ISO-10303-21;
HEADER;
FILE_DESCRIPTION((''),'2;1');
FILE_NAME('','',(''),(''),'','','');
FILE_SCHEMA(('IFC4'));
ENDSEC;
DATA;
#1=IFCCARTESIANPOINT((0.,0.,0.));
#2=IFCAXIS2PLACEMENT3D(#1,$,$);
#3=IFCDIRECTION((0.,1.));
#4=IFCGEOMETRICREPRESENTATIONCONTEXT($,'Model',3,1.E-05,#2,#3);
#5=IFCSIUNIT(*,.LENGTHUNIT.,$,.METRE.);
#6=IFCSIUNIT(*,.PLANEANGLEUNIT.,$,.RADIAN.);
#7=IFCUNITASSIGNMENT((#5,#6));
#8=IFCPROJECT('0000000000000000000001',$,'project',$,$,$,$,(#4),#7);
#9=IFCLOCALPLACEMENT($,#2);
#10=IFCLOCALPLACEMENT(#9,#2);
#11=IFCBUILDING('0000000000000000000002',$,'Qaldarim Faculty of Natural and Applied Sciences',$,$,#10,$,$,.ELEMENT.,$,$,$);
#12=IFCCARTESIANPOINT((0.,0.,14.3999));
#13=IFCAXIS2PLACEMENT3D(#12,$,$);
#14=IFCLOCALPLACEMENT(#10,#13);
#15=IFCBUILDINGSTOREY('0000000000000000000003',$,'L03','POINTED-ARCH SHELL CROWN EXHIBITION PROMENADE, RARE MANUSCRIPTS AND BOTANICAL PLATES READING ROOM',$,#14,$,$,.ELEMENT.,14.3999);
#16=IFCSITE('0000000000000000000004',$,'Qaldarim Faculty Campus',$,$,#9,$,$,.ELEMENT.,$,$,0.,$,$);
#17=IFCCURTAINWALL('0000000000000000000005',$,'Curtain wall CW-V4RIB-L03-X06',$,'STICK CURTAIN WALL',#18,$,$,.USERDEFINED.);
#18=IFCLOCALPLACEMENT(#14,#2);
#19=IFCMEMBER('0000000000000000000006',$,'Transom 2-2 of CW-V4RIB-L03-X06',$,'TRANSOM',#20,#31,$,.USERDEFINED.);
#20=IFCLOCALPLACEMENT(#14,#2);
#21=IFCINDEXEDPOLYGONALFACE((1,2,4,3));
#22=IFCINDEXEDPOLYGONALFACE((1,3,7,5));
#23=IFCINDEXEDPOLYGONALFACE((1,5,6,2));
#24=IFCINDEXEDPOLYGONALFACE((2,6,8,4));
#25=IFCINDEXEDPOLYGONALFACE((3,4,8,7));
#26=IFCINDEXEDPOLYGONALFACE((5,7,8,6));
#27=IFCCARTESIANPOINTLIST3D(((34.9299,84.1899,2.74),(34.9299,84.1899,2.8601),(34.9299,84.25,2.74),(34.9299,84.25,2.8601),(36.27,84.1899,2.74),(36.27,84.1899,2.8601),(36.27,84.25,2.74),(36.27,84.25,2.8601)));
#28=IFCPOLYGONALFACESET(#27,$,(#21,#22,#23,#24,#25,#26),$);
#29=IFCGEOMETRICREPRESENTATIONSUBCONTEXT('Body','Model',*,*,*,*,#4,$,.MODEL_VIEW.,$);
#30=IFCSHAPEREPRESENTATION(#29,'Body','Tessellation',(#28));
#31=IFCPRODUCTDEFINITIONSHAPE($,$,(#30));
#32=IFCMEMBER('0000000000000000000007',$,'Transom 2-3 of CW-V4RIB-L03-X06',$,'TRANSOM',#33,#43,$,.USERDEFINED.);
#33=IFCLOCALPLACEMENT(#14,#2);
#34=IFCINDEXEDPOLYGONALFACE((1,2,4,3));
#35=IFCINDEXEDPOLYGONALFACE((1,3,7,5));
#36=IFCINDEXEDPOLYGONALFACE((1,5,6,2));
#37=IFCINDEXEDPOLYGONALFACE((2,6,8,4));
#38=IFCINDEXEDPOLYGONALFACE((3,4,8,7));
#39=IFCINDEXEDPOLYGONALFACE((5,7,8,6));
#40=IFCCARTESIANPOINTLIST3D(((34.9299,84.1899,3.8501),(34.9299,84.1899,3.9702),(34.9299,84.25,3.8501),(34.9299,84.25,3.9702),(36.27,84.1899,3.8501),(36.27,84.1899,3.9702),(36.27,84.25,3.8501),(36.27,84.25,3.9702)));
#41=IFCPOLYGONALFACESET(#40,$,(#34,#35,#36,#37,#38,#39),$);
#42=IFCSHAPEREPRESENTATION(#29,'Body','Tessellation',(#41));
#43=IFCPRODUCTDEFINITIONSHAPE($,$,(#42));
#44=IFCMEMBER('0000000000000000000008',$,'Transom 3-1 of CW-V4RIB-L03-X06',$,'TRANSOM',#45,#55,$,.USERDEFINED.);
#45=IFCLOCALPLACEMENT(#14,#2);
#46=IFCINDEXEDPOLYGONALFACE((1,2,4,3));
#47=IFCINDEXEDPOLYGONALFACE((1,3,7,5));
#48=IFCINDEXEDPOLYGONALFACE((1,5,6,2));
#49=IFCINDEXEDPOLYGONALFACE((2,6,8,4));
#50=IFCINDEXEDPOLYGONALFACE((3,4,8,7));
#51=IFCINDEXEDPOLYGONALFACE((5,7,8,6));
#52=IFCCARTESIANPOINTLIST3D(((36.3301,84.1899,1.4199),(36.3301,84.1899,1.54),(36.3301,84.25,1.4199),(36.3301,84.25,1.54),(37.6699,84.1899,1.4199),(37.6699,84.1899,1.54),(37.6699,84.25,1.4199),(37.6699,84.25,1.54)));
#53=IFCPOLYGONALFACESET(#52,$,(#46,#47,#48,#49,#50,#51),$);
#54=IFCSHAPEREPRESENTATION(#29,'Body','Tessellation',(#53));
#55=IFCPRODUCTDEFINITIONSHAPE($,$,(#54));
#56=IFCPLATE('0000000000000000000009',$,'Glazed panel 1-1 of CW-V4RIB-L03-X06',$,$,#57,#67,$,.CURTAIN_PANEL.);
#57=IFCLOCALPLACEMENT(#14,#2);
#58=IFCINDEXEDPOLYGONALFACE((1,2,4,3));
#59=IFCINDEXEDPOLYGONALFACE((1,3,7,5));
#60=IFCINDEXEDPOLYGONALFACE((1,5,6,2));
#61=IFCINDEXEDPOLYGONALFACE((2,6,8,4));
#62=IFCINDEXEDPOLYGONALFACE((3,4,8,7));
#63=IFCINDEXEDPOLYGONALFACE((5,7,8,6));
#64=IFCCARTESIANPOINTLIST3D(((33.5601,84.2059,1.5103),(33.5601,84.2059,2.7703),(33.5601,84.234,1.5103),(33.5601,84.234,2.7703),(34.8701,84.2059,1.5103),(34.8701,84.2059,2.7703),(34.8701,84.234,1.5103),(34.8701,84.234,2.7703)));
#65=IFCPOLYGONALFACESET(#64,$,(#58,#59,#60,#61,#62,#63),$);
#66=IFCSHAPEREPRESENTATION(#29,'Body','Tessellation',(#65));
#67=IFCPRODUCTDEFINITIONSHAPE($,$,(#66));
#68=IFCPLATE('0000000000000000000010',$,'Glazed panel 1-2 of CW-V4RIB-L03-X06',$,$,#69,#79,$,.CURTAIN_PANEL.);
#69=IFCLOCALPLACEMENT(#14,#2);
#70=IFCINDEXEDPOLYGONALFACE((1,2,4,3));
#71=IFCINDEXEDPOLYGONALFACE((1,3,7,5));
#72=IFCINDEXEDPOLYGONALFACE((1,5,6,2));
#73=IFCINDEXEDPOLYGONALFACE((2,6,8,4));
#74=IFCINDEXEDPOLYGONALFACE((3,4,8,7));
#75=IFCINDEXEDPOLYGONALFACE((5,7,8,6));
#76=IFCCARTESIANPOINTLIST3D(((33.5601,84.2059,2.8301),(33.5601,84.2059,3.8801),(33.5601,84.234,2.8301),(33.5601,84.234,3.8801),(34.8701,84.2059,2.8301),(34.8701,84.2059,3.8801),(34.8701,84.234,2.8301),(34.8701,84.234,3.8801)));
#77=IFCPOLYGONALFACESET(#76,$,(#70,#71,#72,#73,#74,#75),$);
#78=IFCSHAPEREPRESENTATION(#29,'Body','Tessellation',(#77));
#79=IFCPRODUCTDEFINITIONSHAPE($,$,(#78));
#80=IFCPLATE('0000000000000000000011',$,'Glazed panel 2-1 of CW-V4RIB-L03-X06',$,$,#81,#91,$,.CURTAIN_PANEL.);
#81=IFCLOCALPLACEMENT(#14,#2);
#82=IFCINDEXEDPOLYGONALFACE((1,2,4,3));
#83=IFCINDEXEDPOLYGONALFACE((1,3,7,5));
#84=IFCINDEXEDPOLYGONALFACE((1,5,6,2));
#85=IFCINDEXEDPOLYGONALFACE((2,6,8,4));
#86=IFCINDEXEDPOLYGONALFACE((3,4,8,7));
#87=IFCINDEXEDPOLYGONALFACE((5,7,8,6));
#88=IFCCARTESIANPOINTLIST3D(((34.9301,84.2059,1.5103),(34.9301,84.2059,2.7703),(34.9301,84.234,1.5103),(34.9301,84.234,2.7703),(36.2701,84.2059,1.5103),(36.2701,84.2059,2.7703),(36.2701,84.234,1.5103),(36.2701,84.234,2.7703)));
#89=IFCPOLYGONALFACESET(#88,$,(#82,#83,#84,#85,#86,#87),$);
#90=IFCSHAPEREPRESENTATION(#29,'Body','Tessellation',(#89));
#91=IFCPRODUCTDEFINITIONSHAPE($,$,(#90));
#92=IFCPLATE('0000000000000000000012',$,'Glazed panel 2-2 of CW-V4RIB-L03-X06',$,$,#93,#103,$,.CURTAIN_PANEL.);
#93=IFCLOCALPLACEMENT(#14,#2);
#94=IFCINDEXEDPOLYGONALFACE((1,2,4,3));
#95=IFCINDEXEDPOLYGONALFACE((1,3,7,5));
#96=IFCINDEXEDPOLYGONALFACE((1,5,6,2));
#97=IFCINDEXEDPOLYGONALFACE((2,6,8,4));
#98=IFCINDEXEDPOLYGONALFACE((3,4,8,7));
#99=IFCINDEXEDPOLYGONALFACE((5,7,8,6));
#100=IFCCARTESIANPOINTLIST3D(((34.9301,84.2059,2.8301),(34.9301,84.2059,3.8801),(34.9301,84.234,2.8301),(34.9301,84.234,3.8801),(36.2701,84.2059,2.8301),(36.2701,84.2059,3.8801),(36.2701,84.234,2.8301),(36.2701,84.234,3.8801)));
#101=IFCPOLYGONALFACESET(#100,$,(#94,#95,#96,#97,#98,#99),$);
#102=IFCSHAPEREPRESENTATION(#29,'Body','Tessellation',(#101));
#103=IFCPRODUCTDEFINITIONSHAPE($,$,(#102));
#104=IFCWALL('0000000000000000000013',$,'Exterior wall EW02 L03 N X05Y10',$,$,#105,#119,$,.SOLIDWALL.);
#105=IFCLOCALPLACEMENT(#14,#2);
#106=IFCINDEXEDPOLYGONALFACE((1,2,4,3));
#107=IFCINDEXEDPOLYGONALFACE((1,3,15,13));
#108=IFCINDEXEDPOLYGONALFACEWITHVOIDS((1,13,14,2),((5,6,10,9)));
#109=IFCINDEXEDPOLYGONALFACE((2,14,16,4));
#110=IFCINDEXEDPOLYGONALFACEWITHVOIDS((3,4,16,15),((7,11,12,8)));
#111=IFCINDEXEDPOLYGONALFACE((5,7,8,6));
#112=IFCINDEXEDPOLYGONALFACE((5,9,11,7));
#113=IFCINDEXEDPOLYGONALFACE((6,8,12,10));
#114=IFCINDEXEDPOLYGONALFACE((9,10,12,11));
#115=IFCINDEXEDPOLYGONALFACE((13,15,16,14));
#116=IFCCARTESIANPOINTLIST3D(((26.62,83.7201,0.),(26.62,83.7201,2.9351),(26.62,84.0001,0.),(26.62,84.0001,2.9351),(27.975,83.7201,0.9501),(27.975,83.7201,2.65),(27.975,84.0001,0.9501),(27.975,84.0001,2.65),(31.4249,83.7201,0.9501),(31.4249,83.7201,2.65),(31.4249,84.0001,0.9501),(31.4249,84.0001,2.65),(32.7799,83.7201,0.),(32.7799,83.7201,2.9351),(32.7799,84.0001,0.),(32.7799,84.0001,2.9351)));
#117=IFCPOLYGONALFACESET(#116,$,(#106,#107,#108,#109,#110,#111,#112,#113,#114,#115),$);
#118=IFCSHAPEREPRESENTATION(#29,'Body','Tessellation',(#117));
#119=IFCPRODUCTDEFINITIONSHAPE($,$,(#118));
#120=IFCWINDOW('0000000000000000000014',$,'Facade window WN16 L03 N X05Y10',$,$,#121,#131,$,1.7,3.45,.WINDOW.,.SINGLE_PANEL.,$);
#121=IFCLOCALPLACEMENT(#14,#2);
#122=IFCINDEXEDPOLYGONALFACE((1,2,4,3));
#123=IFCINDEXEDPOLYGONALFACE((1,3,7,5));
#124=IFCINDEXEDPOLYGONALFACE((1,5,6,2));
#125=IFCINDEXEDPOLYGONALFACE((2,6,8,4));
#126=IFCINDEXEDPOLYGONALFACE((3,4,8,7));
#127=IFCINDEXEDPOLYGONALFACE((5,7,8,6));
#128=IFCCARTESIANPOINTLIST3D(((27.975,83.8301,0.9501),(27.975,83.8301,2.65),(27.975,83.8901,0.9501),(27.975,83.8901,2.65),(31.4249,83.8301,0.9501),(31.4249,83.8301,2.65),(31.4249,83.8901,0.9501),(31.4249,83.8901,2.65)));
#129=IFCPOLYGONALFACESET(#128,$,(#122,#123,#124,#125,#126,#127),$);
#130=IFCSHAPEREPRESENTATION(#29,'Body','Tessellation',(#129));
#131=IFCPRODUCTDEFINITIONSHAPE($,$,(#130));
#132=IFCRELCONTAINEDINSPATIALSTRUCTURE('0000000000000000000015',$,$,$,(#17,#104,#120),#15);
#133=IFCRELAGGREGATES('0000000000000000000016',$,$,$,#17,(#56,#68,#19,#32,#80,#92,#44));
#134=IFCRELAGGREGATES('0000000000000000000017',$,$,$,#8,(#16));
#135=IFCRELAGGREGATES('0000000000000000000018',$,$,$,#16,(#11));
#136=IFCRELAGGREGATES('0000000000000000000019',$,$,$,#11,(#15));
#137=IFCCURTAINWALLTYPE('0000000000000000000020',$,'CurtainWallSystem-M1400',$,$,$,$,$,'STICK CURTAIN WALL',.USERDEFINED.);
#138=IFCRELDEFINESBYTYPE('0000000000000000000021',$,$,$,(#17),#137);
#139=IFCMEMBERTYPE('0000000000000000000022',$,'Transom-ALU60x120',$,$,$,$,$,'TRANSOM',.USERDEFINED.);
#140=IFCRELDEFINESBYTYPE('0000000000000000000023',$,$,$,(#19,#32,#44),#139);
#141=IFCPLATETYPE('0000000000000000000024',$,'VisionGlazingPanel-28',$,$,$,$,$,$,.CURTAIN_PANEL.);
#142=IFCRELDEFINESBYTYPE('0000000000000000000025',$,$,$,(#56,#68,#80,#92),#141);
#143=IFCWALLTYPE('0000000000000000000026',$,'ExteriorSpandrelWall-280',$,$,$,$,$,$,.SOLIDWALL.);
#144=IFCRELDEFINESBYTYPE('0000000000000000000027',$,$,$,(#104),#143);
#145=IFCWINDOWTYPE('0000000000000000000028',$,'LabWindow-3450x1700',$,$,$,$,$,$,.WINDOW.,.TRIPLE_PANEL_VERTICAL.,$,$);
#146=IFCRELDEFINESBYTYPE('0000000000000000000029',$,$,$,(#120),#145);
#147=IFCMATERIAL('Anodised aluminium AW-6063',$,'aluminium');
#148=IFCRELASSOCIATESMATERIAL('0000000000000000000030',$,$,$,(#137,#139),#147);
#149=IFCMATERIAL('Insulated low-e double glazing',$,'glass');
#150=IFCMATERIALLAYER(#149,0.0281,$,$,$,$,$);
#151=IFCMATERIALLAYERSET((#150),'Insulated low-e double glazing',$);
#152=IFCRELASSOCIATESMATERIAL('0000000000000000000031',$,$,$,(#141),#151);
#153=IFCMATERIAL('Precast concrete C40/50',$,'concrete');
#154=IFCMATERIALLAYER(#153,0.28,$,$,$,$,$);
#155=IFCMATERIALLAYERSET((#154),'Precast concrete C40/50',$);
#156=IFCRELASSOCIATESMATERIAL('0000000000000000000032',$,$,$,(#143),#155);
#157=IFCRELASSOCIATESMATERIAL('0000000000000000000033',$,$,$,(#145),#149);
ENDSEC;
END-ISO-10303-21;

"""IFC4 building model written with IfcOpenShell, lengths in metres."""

from ifc_helpers import new_model, si_unit, direction, frame, frame_2d, origin, origin_2d, place, context, subcontext, project, spatial, rectangle, extrude, material, layer, layer_set, material_profile, profile_set, type_object, element, fill, aggregate, save


model = new_model("IFC4")

# Units and contexts
model_context = context("Model", 3, precision=1e-05, world=origin(), true_north=direction((0.0, 1.0)))
body_context = subcontext(model_context, "Body", "Model", "MODEL_VIEW")
ifc_project = project(units=[si_unit("LENGTHUNIT", "METRE"), si_unit("PLANEANGLEUNIT", "RADIAN")], contexts=[model_context])

# Site, building, storey
site_placement = place(None, origin())
site = spatial("IfcSite", under=ifc_project, at=site_placement, Name="Qaldarim Faculty Campus", CompositionType="ELEMENT", RefElevation=0.0)
building_placement = place(site_placement, origin())
building = spatial("IfcBuilding", under=site, at=building_placement, Name="Qaldarim Faculty of Natural and Applied Sciences", CompositionType="ELEMENT")
storey_placement = place(building_placement, frame((0.0, 0.0, 14.3999)))
storey = spatial("IfcBuildingStorey", under=building, at=storey_placement, Name="L03", Description="POINTED-ARCH SHELL CROWN EXHIBITION PROMENADE, RARE MANUSCRIPTS AND BOTANICAL PLATES READING ROOM", CompositionType="ELEMENT", Elevation=14.3999)

# Curtain wall
ifc_material_1 = material(Name="Anodised aluminium AW-6063", Category="aluminium")
curtain_wall_type = type_object("IfcCurtainWallType", Name="CurtainWallSystem-M1400", ElementType="STICK CURTAIN WALL", PredefinedType="USERDEFINED", material=ifc_material_1)
curtain_wall_placement = place(storey_placement, origin())
curtain_wall = element("IfcCurtainWall", 1, at=curtain_wall_placement, inside=storey, type_object=curtain_wall_type, Name="Curtain wall CW-V4RIB-L03-X06", ObjectType="STICK CURTAIN WALL", PredefinedType="USERDEFINED")

# Shared definitions
ifc_material_2 = material(Name="Precast concrete C40/50", Category="concrete")

# Members
ifc_material_profile_1 = material_profile(ifc_material_1, rectangle(XDim=0.0601, YDim=0.1201, at=origin_2d()), Name="ALU-T60x120")
ifc_profile_set_1 = profile_set([ifc_material_profile_1], Name="Anodised aluminium AW-6063")
member_type_1 = type_object("IfcMemberType", Name="Transom-ALU60x120", ElementType="TRANSOM", PredefinedType="USERDEFINED", material=ifc_profile_set_1)
member_1_placement = place(storey_placement, frame((34.9299, 84.22, 2.8), z_axis=(1.0, 0.0, 0.0), x_axis=(0.0, 1.0, 0.0)))
member_1 = element("IfcMember", 2, at=member_1_placement, type_object=member_type_1, Name="Transom 2-2 of CW-V4RIB-L03-X06", ObjectType="TRANSOM", PredefinedType="USERDEFINED", context=body_context, shape_type="SweptSolid", body=[
    extrude(rectangle(XDim=0.0601, YDim=0.1201, at=origin_2d()), origin(), (0.0, 0.0, 1.0), 1.3401),
])
member_2_placement = place(storey_placement, frame((34.9299, 84.22, 3.9102), z_axis=(1.0, 0.0, 0.0), x_axis=(0.0, 1.0, 0.0)))
member_2 = element("IfcMember", 3, at=member_2_placement, type_object=member_type_1, Name="Transom 2-3 of CW-V4RIB-L03-X06", ObjectType="TRANSOM", PredefinedType="USERDEFINED", context=body_context, shape_type="SweptSolid", body=[
    extrude(rectangle(XDim=0.0601, YDim=0.1201, at=origin_2d()), origin(), (0.0, 0.0, 1.0), 1.3401),
])
member_3_placement = place(storey_placement, frame((36.3301, 84.22, 1.48), z_axis=(1.0, 0.0, 0.0), x_axis=(0.0, 1.0, 0.0)))
member_3 = element("IfcMember", 4, at=member_3_placement, type_object=member_type_1, Name="Transom 3-1 of CW-V4RIB-L03-X06", ObjectType="TRANSOM", PredefinedType="USERDEFINED", context=body_context, shape_type="SweptSolid", body=[
    extrude(rectangle(XDim=0.0601, YDim=0.1201, at=origin_2d()), origin(), (0.0, 0.0, 1.0), 1.3398),
])

# Plates
ifc_material_3 = material(Name="Insulated low-e double glazing", Category="glass")
ifc_layer_1 = layer(ifc_material_3, 0.0281)
ifc_layer_set_1 = layer_set([ifc_layer_1], Name="Insulated low-e double glazing")
plate_type = type_object("IfcPlateType", Name="VisionGlazingPanel-28", PredefinedType="CURTAIN_PANEL", material=ifc_layer_set_1)
plate_1_placement = place(storey_placement, frame((34.2151, 84.22, 1.5103), z_axis=(0.0, 0.0, 1.0), x_axis=(1.0, 0.0, 0.0)))
plate_1 = element("IfcPlate", 5, at=plate_1_placement, type_object=plate_type, Name="Glazed panel 1-1 of CW-V4RIB-L03-X06", PredefinedType="CURTAIN_PANEL", context=body_context, shape_type="SweptSolid", body=[
    extrude(rectangle(XDim=1.3101, YDim=0.0281, at=origin_2d()), origin(), (0.0, 0.0, 1.0), 1.26),
])
plate_2_placement = place(storey_placement, frame((34.2151, 84.22, 2.8301), z_axis=(0.0, 0.0, 1.0), x_axis=(1.0, 0.0, 0.0)))
plate_2 = element("IfcPlate", 6, at=plate_2_placement, type_object=plate_type, Name="Glazed panel 1-2 of CW-V4RIB-L03-X06", PredefinedType="CURTAIN_PANEL", context=body_context, shape_type="SweptSolid", body=[
    extrude(rectangle(XDim=1.3101, YDim=0.0281, at=origin_2d()), origin(), (0.0, 0.0, 1.0), 1.05),
])
plate_3_placement = place(storey_placement, frame((35.6001, 84.22, 1.5103), z_axis=(0.0, 0.0, 1.0), x_axis=(1.0, 0.0, 0.0)))
plate_3 = element("IfcPlate", 7, at=plate_3_placement, type_object=plate_type, Name="Glazed panel 2-1 of CW-V4RIB-L03-X06", PredefinedType="CURTAIN_PANEL", context=body_context, shape_type="SweptSolid", body=[
    extrude(rectangle(XDim=1.3401, YDim=0.0281, at=origin_2d()), origin(), (0.0, 0.0, 1.0), 1.26),
])
plate_4_placement = place(storey_placement, frame((35.6001, 84.22, 2.8301), z_axis=(0.0, 0.0, 1.0), x_axis=(1.0, 0.0, 0.0)))
plate_4 = element("IfcPlate", 8, at=plate_4_placement, type_object=plate_type, Name="Glazed panel 2-2 of CW-V4RIB-L03-X06", PredefinedType="CURTAIN_PANEL", context=body_context, shape_type="SweptSolid", body=[
    extrude(rectangle(XDim=1.3401, YDim=0.0281, at=origin_2d()), origin(), (0.0, 0.0, 1.0), 1.05),
])
aggregate(curtain_wall, [plate_1, plate_2, member_1, member_2, plate_3, plate_4, member_3])

# Wall, opening, window
ifc_layer_2 = layer(ifc_material_2, 0.28)
ifc_layer_set_2 = layer_set([ifc_layer_2], Name="Precast concrete C40/50")
wall_type = type_object("IfcWallType", Name="ExteriorSpandrelWall-280", PredefinedType="SOLIDWALL", material=ifc_layer_set_2)
wall_placement = place(storey_placement, frame((32.78, 83.8601, 0.0), z_axis=(0.0, 0.0, 1.0), x_axis=(-1.0, 0.0, 0.0)))
wall = element("IfcWall", 9, at=wall_placement, inside=storey, type_object=wall_type, Name="Exterior wall EW02 L03 N X05Y10", PredefinedType="SOLIDWALL", context=body_context, shape_type="SweptSolid", body=[
    extrude(rectangle(XDim=6.1599, YDim=0.28, at=frame_2d((3.0801, 0.0))), origin(), (0.0, 0.0, 1.0), 2.9351),
])
opening_placement = place(wall_placement, frame((1.355, 0.0, 0.95)))
opening = element("IfcOpeningElement", 10, at=opening_placement, cuts=wall, PredefinedType="OPENING", context=body_context, shape_type="SweptSolid", body=[
    extrude(rectangle(XDim=3.45, YDim=1.7, at=frame_2d((1.7251, 0.8501))), frame((0.0, 0.1499, 0.0), z_axis=(0.0, -1.0, 0.0), x_axis=(1.0, 0.0, 0.0)), (0.0, 0.0, 1.0), 0.3),
])
window_type = type_object("IfcWindowType", Name="LabWindow-3450x1700", PartitioningType="TRIPLE_PANEL_VERTICAL", PredefinedType="WINDOW", material=ifc_material_3)
window_placement = place(opening_placement, origin())
window = element("IfcWindow", 11, at=window_placement, inside=storey, type_object=window_type, Name="Facade window WN16 L03 N X05Y10", OverallHeight=1.7, OverallWidth=3.45, PartitioningType="SINGLE_PANEL", PredefinedType="WINDOW", context=body_context, shape_type="SweptSolid", body=[
    extrude(rectangle(XDim=3.45, YDim=1.7, at=frame_2d((1.7251, 0.8501))), frame((0.0, 0.03, 0.0), z_axis=(0.0, -1.0, 0.0), x_axis=(1.0, 0.0, 0.0)), (0.0, 0.0, 1.0), 0.0601),
])
fill(opening, window)

save(model, "model.ifc")
